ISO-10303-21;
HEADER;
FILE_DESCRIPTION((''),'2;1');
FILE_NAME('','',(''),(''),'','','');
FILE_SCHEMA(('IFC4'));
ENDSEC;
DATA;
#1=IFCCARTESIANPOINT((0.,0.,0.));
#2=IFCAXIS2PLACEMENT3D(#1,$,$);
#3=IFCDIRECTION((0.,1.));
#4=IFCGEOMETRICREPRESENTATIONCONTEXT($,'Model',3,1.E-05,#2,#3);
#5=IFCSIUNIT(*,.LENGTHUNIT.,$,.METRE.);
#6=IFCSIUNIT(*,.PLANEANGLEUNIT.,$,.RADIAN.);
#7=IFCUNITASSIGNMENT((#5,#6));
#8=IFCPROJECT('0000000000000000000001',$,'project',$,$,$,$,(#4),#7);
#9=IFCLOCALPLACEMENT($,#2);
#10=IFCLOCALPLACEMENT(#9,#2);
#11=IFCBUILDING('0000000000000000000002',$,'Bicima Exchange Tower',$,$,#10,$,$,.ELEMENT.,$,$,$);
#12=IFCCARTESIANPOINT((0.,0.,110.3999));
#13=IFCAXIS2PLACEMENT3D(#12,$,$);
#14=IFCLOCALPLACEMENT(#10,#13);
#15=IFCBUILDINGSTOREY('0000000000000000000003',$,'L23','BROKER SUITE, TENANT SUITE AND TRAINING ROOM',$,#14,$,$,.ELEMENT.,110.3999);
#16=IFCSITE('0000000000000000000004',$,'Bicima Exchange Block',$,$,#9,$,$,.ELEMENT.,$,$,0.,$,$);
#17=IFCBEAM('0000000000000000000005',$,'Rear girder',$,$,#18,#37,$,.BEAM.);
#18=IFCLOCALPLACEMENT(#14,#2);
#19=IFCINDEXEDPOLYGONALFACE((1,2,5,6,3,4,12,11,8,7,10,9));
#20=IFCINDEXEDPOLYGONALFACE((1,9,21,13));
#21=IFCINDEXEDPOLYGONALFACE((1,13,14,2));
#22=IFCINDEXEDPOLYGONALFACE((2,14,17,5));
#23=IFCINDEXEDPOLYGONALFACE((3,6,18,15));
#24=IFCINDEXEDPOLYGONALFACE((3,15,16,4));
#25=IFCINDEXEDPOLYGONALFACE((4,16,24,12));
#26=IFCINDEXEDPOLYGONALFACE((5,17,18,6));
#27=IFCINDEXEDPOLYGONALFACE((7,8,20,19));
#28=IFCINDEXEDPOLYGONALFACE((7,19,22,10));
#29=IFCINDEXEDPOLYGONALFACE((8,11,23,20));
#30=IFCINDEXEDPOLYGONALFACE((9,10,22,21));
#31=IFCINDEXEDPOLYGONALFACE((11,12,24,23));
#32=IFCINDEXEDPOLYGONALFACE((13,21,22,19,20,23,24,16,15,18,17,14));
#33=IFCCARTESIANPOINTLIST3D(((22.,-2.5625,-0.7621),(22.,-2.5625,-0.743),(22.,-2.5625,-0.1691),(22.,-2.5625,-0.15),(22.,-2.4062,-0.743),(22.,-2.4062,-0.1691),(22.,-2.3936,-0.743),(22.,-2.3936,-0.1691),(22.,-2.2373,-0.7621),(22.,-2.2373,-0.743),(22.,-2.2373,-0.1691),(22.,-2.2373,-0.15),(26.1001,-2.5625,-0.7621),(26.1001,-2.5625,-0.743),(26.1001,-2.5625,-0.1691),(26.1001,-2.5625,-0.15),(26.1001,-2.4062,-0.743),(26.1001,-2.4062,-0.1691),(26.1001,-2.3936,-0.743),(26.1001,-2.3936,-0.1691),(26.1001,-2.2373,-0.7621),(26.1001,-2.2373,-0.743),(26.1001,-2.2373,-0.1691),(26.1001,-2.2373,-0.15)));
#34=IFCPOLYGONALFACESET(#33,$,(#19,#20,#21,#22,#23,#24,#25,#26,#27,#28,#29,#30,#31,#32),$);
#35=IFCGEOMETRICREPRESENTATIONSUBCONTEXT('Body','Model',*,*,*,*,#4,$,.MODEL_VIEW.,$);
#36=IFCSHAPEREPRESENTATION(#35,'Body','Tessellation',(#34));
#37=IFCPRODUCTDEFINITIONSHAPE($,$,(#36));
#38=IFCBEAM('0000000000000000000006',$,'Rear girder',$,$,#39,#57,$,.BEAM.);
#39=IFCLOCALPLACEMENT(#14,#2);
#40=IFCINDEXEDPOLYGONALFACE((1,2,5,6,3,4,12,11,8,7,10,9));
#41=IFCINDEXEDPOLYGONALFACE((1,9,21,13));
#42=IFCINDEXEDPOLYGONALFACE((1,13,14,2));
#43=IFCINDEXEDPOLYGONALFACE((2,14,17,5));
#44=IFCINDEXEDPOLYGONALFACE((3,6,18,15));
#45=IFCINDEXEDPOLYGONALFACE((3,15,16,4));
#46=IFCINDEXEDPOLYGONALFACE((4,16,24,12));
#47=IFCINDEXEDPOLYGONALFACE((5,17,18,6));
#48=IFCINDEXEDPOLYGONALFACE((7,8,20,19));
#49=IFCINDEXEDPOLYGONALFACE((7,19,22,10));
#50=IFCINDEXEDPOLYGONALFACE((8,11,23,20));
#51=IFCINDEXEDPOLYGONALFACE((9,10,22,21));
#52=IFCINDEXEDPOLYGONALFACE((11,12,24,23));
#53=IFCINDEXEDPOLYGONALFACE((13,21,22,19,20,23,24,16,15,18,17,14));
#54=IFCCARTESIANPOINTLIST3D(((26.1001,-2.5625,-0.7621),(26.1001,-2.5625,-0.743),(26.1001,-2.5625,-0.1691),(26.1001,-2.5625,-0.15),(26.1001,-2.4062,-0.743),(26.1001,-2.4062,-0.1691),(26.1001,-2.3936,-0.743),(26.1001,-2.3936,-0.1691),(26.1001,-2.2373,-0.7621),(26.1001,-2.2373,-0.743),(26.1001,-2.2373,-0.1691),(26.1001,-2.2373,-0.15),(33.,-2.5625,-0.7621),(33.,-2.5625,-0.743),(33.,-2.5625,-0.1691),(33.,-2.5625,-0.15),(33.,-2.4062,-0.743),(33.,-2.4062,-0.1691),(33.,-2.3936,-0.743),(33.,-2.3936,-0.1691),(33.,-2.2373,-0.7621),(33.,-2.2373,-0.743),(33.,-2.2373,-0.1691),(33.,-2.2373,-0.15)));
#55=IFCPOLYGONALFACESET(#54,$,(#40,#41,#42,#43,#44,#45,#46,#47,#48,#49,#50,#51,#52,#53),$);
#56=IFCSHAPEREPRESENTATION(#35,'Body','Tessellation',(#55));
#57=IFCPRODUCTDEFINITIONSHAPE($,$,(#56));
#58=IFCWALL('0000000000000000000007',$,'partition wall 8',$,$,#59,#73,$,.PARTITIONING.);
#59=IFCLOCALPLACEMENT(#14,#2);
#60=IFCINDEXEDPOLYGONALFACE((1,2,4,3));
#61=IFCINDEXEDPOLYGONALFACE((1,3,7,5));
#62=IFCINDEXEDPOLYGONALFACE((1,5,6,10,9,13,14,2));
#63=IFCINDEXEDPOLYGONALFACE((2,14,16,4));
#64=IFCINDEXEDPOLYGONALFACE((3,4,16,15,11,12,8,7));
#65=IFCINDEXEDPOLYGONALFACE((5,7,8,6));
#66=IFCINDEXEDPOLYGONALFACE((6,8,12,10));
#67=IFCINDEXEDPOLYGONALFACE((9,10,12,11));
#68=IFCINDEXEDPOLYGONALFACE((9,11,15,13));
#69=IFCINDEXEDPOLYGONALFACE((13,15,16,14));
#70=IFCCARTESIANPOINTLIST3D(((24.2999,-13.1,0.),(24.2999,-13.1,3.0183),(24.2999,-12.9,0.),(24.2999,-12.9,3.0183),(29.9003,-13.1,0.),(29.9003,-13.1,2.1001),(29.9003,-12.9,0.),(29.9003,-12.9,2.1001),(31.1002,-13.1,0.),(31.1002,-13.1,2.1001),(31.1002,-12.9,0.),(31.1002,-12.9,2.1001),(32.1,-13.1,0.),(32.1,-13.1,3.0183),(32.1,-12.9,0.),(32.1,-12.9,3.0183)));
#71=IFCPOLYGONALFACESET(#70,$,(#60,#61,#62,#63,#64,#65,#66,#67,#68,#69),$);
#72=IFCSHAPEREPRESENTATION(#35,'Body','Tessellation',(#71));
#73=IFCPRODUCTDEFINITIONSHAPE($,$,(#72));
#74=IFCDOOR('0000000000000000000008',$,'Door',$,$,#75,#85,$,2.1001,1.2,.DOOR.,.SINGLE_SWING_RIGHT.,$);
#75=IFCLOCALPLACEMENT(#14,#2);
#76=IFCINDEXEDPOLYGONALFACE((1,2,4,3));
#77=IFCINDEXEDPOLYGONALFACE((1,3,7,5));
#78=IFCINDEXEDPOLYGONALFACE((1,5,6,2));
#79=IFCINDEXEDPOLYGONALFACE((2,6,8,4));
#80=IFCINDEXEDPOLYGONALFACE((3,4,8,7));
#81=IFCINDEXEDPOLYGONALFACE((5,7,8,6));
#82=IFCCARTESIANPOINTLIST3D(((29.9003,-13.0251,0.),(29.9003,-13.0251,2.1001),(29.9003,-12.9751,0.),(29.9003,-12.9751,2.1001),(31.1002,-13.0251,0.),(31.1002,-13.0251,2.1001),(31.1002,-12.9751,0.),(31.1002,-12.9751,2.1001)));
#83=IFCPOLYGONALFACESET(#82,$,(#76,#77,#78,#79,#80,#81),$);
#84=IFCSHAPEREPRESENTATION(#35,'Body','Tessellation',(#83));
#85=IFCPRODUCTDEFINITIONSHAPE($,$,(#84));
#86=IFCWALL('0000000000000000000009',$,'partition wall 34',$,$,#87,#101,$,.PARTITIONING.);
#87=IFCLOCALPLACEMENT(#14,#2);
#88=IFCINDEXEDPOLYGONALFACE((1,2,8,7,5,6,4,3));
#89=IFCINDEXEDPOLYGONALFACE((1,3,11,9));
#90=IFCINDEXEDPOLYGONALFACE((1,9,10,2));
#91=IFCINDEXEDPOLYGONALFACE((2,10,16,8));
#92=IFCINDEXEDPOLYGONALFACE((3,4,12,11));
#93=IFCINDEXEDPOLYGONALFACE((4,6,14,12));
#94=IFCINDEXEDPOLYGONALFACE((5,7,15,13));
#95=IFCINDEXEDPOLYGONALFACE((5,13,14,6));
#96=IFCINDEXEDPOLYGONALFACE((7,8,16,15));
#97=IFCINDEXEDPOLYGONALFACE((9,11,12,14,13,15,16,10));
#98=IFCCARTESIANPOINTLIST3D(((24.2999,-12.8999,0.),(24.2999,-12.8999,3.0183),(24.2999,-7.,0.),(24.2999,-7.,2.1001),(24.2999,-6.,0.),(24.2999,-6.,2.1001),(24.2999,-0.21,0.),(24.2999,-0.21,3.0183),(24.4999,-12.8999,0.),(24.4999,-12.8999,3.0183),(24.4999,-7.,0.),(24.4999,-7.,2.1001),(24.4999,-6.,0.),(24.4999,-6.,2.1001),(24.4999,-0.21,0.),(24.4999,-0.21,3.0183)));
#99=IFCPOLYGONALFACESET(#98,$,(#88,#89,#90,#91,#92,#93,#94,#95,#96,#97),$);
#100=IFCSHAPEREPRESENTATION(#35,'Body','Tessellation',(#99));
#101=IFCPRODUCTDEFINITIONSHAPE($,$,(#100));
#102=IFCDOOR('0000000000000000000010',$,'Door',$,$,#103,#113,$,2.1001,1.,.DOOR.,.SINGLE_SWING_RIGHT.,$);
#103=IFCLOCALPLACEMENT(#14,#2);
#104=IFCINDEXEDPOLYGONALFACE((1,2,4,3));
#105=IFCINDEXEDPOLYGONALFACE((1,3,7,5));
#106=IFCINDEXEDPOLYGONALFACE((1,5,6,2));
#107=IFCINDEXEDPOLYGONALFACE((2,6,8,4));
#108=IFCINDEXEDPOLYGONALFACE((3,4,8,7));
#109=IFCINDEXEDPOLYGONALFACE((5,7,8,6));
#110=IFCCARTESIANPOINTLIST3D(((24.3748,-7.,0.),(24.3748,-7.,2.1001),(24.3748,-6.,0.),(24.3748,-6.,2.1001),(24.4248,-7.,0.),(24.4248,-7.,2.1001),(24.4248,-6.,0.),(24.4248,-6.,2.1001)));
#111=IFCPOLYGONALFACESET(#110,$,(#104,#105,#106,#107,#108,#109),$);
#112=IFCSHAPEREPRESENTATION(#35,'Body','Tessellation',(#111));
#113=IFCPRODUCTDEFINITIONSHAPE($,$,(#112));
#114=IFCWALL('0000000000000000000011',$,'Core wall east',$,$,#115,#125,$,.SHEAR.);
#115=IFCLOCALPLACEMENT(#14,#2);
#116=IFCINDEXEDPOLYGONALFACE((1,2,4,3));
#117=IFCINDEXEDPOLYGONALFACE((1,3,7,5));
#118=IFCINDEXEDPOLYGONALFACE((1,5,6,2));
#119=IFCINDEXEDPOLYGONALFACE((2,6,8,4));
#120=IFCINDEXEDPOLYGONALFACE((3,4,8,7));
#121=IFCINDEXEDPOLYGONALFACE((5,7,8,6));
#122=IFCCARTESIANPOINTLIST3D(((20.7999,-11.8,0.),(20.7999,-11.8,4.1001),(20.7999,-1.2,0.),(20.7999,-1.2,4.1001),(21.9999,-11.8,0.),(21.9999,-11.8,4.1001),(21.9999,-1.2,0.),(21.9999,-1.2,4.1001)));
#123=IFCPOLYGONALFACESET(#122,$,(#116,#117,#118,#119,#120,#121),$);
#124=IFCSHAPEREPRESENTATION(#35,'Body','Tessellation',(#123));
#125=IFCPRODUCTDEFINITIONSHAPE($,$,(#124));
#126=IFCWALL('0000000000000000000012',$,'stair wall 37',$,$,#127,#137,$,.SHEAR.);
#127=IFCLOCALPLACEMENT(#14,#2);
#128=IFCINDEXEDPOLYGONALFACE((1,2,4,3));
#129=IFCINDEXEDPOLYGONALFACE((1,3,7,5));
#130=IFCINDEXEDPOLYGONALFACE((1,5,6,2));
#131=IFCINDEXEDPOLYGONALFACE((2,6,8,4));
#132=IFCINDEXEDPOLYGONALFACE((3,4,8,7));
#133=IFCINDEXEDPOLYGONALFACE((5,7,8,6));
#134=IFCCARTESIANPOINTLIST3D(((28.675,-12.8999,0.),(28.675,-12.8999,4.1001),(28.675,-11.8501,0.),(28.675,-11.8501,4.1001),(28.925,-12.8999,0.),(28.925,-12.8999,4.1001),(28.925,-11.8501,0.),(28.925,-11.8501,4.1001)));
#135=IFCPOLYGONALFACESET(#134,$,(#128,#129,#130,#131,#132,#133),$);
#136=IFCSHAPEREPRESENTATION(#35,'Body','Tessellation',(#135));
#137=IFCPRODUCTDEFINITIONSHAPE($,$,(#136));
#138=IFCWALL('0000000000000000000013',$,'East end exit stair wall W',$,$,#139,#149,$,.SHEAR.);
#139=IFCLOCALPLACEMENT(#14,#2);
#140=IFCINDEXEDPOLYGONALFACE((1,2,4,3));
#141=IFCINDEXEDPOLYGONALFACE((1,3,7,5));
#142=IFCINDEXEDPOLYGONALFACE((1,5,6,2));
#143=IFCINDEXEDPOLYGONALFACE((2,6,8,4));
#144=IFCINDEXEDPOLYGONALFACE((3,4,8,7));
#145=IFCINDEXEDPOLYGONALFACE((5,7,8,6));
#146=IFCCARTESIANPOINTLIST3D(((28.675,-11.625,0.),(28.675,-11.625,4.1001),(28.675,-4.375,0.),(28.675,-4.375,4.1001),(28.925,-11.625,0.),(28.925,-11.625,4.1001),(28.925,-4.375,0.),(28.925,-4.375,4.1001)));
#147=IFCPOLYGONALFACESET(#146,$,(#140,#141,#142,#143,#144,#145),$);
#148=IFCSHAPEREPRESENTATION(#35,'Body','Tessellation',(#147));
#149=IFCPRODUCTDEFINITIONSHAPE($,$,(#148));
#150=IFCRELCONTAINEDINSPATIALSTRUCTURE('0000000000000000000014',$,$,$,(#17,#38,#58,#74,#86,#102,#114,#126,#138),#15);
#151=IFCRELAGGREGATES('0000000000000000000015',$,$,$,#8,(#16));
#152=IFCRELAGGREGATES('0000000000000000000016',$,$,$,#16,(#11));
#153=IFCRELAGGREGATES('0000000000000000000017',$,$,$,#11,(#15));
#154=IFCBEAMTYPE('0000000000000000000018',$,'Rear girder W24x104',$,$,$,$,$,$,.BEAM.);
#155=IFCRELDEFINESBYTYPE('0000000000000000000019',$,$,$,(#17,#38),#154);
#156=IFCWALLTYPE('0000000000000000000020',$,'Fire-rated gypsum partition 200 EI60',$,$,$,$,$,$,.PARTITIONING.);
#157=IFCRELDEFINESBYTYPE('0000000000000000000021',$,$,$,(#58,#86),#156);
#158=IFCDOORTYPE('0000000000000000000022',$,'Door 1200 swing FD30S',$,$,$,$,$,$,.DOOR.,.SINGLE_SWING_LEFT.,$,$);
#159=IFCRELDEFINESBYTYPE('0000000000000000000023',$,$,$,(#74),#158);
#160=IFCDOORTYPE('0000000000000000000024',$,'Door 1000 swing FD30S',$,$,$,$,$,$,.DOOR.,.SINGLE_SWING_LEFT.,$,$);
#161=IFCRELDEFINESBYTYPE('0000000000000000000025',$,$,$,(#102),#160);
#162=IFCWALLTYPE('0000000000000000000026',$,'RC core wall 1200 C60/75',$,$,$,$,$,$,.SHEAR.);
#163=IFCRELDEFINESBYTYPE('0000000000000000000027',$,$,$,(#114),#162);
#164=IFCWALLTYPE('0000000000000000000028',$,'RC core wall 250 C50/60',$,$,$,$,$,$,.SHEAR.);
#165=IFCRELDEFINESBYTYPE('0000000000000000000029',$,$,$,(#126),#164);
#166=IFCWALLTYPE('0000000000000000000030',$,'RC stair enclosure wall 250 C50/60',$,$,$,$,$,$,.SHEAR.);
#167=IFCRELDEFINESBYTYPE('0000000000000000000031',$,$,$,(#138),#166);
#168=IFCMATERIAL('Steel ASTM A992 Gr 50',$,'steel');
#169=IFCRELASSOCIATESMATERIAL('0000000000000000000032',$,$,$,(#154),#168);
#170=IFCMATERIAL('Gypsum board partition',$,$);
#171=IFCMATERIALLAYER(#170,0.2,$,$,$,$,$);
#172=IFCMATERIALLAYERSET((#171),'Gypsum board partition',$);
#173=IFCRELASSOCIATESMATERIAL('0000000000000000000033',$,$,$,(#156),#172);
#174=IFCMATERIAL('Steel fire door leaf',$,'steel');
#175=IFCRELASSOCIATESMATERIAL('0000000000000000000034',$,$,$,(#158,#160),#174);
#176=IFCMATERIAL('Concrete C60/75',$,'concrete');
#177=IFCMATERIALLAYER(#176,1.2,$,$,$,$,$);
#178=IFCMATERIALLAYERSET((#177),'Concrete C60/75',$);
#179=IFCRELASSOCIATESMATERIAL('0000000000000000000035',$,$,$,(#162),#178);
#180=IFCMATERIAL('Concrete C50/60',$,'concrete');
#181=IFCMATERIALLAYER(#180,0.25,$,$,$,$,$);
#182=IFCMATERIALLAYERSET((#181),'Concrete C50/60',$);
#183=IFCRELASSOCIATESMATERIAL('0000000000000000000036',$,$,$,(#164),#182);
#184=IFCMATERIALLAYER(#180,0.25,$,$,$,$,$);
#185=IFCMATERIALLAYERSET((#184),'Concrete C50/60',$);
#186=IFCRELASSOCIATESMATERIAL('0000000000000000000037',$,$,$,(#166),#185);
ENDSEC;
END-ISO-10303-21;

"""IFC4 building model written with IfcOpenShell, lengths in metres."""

from ifc_helpers import new_model, si_unit, direction, frame, frame_2d, origin, origin_2d, place, context, subcontext, project, spatial, rectangle, i_section, extrude, material, layer, layer_set, material_profile, profile_set, type_object, element, fill, save


model = new_model("IFC4")

# Units and contexts
model_context = context("Model", 3, precision=1e-05, world=origin(), true_north=direction((0.0, 1.0)))
body_context = subcontext(model_context, "Body", "Model", "MODEL_VIEW")
ifc_project = project(units=[si_unit("LENGTHUNIT", "METRE"), si_unit("PLANEANGLEUNIT", "RADIAN")], contexts=[model_context])

# Site, building, storey
site_placement = place(None, origin())
site = spatial("IfcSite", under=ifc_project, at=site_placement, Name="Bicima Exchange Block", CompositionType="ELEMENT", RefElevation=0.0)
building_placement = place(site_placement, origin())
building = spatial("IfcBuilding", under=site, at=building_placement, Name="Bicima Exchange Tower", CompositionType="ELEMENT")
storey_placement = place(building_placement, frame((0.0, 0.0, 110.3999)))
storey = spatial("IfcBuildingStorey", under=building, at=storey_placement, Name="L23", Description="BROKER SUITE, TENANT SUITE AND TRAINING ROOM", CompositionType="ELEMENT", Elevation=110.3999)

# Shared definitions
ifc_material_1 = material(Name="Steel ASTM A992 Gr 50", Category="steel")

# Beams
ifc_material_profile_1 = material_profile(ifc_material_1, i_section(OverallWidth=0.3252, OverallDepth=0.6121, WebThickness=0.0127, FlangeThickness=0.019, at=origin_2d()))
ifc_profile_set_1 = profile_set([ifc_material_profile_1], Name="Steel ASTM A992 Gr 50")
beam_type_1 = type_object("IfcBeamType", Name="Rear girder W24x104", PredefinedType="BEAM", material=ifc_profile_set_1)
beam_1_placement = place(storey_placement, frame((22.0, -2.3999, -0.4561), z_axis=(1.0, 0.0, 0.0), x_axis=(0.0, 1.0, 0.0)))
element("IfcBeam", 1, at=beam_1_placement, inside=storey, type_object=beam_type_1, Name="Rear girder", PredefinedType="BEAM", context=body_context, shape_type="SweptSolid", body=[
    extrude(i_section(OverallWidth=0.3252, OverallDepth=0.6121, WebThickness=0.0127, FlangeThickness=0.019, at=origin_2d()), origin(), (0.0, 0.0, 1.0), 4.1001),
])
beam_2_placement = place(storey_placement, frame((26.1001, -2.3999, -0.4561), z_axis=(1.0, 0.0, 0.0), x_axis=(0.0, 1.0, 0.0)))
element("IfcBeam", 2, at=beam_2_placement, inside=storey, type_object=beam_type_1, Name="Rear girder", PredefinedType="BEAM", context=body_context, shape_type="SweptSolid", body=[
    extrude(i_section(OverallWidth=0.3252, OverallDepth=0.6121, WebThickness=0.0127, FlangeThickness=0.019, at=origin_2d()), origin(), (0.0, 0.0, 1.0), 6.8999),
])

# Walls, openings, doors
ifc_material_2 = material(Name="Gypsum board partition")
ifc_layer_1 = layer(ifc_material_2, 0.2)
ifc_layer_set_1 = layer_set([ifc_layer_1], Name="Gypsum board partition")
wall_type_1 = type_object("IfcWallType", Name="Fire-rated gypsum partition 200 EI60", PredefinedType="PARTITIONING", material=ifc_layer_set_1)
wall_1_placement = place(storey_placement, frame((24.3, -13.0, 0.0), z_axis=(0.0, 0.0, 1.0), x_axis=(1.0, 0.0, 0.0)))
wall_1 = element("IfcWall", 3, at=wall_1_placement, inside=storey, type_object=wall_type_1, Name="partition wall 8", PredefinedType="PARTITIONING", context=body_context, shape_type="SweptSolid", body=[
    extrude(rectangle(XDim=7.8, YDim=0.2, at=frame_2d((3.8999, 0.0))), origin(), (0.0, 0.0, 1.0), 3.0183),
])
opening_1_placement = place(wall_1_placement, frame((5.6001, 0.0, 0.0)))
opening_1 = element("IfcOpeningElement", 4, at=opening_1_placement, cuts=wall_1, PredefinedType="OPENING", context=body_context, shape_type="SweptSolid", body=[
    extrude(rectangle(XDim=1.2, YDim=2.1001, at=frame_2d((0.6001, 1.05))), frame((0.0, 0.1118, 0.0), z_axis=(0.0, -1.0, 0.0), x_axis=(1.0, 0.0, 0.0)), (0.0, 0.0, 1.0), 0.2239),
])
ifc_material_3 = material(Name="Steel fire door leaf", Category="steel")
door_type_1 = type_object("IfcDoorType", Name="Door 1200 swing FD30S", OperationType="SINGLE_SWING_LEFT", PredefinedType="DOOR", material=ifc_material_3)
door_1_placement = place(opening_1_placement, origin())
door_1 = element("IfcDoor", 5, at=door_1_placement, inside=storey, type_object=door_type_1, Name="Door", OperationType="SINGLE_SWING_RIGHT", OverallHeight=2.1001, OverallWidth=1.2, PredefinedType="DOOR", context=body_context, shape_type="SweptSolid", body=[
    extrude(rectangle(XDim=1.2, YDim=2.1001, at=frame_2d((0.6001, 1.05))), frame((0.0, 0.0249, 0.0), z_axis=(0.0, -1.0, 0.0), x_axis=(1.0, 0.0, 0.0)), (0.0, 0.0, 1.0), 0.05),
])
fill(opening_1, door_1)
wall_2_placement = place(storey_placement, frame((24.3999, -12.8999, 0.0), z_axis=(0.0, 0.0, 1.0), x_axis=(0.0, 1.0, 0.0)))
wall_2 = element("IfcWall", 6, at=wall_2_placement, inside=storey, type_object=wall_type_1, Name="partition wall 34", PredefinedType="PARTITIONING", context=body_context, shape_type="SweptSolid", body=[
    extrude(rectangle(XDim=12.6899, YDim=0.2, at=frame_2d((6.345, 0.0))), origin(), (0.0, 0.0, 1.0), 3.0183),
])
opening_2_placement = place(wall_2_placement, frame((5.8999, 0.0, 0.0)))
opening_2 = element("IfcOpeningElement", 7, at=opening_2_placement, cuts=wall_2, PredefinedType="OPENING", context=body_context, shape_type="SweptSolid", body=[
    extrude(rectangle(XDim=1.0, YDim=2.1001, at=frame_2d((0.5, 1.05))), frame((0.0, 0.1118, 0.0), z_axis=(0.0, -1.0, 0.0), x_axis=(1.0, 0.0, 0.0)), (0.0, 0.0, 1.0), 0.2239),
])
door_type_2 = type_object("IfcDoorType", Name="Door 1000 swing FD30S", OperationType="SINGLE_SWING_LEFT", PredefinedType="DOOR", material=ifc_material_3)
door_2_placement = place(opening_2_placement, frame((1.0, 0.0, 0.0), z_axis=(0.0, 0.0, 1.0), x_axis=(-1.0, 0.0, 0.0)))
door_2 = element("IfcDoor", 8, at=door_2_placement, inside=storey, type_object=door_type_2, Name="Door", OperationType="SINGLE_SWING_RIGHT", OverallHeight=2.1001, OverallWidth=1.0, PredefinedType="DOOR", context=body_context, shape_type="SweptSolid", body=[
    extrude(rectangle(XDim=1.0, YDim=2.1001, at=frame_2d((0.5, 1.05))), frame((0.0, 0.0249, 0.0), z_axis=(0.0, -1.0, 0.0), x_axis=(1.0, 0.0, 0.0)), (0.0, 0.0, 1.0), 0.05),
])
fill(opening_2, door_2)

# Walls
ifc_material_4 = material(Name="Concrete C60/75", Category="concrete")
ifc_layer_2 = layer(ifc_material_4, 1.2)
ifc_layer_set_2 = layer_set([ifc_layer_2], Name="Concrete C60/75")
wall_type_2 = type_object("IfcWallType", Name="RC core wall 1200 C60/75", PredefinedType="SHEAR", material=ifc_layer_set_2)
wall_3_placement = place(storey_placement, frame((21.3999, -11.8, 0.0), z_axis=(0.0, 0.0, 1.0), x_axis=(0.0, 1.0, 0.0)))
element("IfcWall", 9, at=wall_3_placement, inside=storey, type_object=wall_type_2, Name="Core wall east", PredefinedType="SHEAR", context=body_context, shape_type="SweptSolid", body=[
    extrude(rectangle(XDim=10.6001, YDim=1.2, at=frame_2d((5.3, 0.0))), origin(), (0.0, 0.0, 1.0), 4.1001),
])
ifc_material_5 = material(Name="Concrete C50/60", Category="concrete")
ifc_layer_3 = layer(ifc_material_5, 0.25)
ifc_layer_set_3 = layer_set([ifc_layer_3], Name="Concrete C50/60")
wall_type_3 = type_object("IfcWallType", Name="RC core wall 250 C50/60", PredefinedType="SHEAR", material=ifc_layer_set_3)
wall_4_placement = place(storey_placement, frame((28.8, -12.8999, 0.0), z_axis=(0.0, 0.0, 1.0), x_axis=(0.0, 1.0, 0.0)))
element("IfcWall", 10, at=wall_4_placement, inside=storey, type_object=wall_type_3, Name="stair wall 37", PredefinedType="SHEAR", context=body_context, shape_type="SweptSolid", body=[
    extrude(rectangle(XDim=1.0498, YDim=0.25, at=frame_2d((0.5249, 0.0))), origin(), (0.0, 0.0, 1.0), 4.1001),
])
ifc_layer_4 = layer(ifc_material_5, 0.25)
ifc_layer_set_4 = layer_set([ifc_layer_4], Name="Concrete C50/60")
wall_type_4 = type_object("IfcWallType", Name="RC stair enclosure wall 250 C50/60", PredefinedType="SHEAR", material=ifc_layer_set_4)
wall_5_placement = place(storey_placement, frame((28.8, -11.625, 0.0), z_axis=(0.0, 0.0, 1.0), x_axis=(0.0, 1.0, 0.0)))
element("IfcWall", 11, at=wall_5_placement, inside=storey, type_object=wall_type_4, Name="East end exit stair wall W", PredefinedType="SHEAR", context=body_context, shape_type="SweptSolid", body=[
    extrude(rectangle(XDim=7.25, YDim=0.25, at=frame_2d((3.625, 0.0))), origin(), (0.0, 0.0, 1.0), 4.1001),
])

save(model, "model.ifc")
